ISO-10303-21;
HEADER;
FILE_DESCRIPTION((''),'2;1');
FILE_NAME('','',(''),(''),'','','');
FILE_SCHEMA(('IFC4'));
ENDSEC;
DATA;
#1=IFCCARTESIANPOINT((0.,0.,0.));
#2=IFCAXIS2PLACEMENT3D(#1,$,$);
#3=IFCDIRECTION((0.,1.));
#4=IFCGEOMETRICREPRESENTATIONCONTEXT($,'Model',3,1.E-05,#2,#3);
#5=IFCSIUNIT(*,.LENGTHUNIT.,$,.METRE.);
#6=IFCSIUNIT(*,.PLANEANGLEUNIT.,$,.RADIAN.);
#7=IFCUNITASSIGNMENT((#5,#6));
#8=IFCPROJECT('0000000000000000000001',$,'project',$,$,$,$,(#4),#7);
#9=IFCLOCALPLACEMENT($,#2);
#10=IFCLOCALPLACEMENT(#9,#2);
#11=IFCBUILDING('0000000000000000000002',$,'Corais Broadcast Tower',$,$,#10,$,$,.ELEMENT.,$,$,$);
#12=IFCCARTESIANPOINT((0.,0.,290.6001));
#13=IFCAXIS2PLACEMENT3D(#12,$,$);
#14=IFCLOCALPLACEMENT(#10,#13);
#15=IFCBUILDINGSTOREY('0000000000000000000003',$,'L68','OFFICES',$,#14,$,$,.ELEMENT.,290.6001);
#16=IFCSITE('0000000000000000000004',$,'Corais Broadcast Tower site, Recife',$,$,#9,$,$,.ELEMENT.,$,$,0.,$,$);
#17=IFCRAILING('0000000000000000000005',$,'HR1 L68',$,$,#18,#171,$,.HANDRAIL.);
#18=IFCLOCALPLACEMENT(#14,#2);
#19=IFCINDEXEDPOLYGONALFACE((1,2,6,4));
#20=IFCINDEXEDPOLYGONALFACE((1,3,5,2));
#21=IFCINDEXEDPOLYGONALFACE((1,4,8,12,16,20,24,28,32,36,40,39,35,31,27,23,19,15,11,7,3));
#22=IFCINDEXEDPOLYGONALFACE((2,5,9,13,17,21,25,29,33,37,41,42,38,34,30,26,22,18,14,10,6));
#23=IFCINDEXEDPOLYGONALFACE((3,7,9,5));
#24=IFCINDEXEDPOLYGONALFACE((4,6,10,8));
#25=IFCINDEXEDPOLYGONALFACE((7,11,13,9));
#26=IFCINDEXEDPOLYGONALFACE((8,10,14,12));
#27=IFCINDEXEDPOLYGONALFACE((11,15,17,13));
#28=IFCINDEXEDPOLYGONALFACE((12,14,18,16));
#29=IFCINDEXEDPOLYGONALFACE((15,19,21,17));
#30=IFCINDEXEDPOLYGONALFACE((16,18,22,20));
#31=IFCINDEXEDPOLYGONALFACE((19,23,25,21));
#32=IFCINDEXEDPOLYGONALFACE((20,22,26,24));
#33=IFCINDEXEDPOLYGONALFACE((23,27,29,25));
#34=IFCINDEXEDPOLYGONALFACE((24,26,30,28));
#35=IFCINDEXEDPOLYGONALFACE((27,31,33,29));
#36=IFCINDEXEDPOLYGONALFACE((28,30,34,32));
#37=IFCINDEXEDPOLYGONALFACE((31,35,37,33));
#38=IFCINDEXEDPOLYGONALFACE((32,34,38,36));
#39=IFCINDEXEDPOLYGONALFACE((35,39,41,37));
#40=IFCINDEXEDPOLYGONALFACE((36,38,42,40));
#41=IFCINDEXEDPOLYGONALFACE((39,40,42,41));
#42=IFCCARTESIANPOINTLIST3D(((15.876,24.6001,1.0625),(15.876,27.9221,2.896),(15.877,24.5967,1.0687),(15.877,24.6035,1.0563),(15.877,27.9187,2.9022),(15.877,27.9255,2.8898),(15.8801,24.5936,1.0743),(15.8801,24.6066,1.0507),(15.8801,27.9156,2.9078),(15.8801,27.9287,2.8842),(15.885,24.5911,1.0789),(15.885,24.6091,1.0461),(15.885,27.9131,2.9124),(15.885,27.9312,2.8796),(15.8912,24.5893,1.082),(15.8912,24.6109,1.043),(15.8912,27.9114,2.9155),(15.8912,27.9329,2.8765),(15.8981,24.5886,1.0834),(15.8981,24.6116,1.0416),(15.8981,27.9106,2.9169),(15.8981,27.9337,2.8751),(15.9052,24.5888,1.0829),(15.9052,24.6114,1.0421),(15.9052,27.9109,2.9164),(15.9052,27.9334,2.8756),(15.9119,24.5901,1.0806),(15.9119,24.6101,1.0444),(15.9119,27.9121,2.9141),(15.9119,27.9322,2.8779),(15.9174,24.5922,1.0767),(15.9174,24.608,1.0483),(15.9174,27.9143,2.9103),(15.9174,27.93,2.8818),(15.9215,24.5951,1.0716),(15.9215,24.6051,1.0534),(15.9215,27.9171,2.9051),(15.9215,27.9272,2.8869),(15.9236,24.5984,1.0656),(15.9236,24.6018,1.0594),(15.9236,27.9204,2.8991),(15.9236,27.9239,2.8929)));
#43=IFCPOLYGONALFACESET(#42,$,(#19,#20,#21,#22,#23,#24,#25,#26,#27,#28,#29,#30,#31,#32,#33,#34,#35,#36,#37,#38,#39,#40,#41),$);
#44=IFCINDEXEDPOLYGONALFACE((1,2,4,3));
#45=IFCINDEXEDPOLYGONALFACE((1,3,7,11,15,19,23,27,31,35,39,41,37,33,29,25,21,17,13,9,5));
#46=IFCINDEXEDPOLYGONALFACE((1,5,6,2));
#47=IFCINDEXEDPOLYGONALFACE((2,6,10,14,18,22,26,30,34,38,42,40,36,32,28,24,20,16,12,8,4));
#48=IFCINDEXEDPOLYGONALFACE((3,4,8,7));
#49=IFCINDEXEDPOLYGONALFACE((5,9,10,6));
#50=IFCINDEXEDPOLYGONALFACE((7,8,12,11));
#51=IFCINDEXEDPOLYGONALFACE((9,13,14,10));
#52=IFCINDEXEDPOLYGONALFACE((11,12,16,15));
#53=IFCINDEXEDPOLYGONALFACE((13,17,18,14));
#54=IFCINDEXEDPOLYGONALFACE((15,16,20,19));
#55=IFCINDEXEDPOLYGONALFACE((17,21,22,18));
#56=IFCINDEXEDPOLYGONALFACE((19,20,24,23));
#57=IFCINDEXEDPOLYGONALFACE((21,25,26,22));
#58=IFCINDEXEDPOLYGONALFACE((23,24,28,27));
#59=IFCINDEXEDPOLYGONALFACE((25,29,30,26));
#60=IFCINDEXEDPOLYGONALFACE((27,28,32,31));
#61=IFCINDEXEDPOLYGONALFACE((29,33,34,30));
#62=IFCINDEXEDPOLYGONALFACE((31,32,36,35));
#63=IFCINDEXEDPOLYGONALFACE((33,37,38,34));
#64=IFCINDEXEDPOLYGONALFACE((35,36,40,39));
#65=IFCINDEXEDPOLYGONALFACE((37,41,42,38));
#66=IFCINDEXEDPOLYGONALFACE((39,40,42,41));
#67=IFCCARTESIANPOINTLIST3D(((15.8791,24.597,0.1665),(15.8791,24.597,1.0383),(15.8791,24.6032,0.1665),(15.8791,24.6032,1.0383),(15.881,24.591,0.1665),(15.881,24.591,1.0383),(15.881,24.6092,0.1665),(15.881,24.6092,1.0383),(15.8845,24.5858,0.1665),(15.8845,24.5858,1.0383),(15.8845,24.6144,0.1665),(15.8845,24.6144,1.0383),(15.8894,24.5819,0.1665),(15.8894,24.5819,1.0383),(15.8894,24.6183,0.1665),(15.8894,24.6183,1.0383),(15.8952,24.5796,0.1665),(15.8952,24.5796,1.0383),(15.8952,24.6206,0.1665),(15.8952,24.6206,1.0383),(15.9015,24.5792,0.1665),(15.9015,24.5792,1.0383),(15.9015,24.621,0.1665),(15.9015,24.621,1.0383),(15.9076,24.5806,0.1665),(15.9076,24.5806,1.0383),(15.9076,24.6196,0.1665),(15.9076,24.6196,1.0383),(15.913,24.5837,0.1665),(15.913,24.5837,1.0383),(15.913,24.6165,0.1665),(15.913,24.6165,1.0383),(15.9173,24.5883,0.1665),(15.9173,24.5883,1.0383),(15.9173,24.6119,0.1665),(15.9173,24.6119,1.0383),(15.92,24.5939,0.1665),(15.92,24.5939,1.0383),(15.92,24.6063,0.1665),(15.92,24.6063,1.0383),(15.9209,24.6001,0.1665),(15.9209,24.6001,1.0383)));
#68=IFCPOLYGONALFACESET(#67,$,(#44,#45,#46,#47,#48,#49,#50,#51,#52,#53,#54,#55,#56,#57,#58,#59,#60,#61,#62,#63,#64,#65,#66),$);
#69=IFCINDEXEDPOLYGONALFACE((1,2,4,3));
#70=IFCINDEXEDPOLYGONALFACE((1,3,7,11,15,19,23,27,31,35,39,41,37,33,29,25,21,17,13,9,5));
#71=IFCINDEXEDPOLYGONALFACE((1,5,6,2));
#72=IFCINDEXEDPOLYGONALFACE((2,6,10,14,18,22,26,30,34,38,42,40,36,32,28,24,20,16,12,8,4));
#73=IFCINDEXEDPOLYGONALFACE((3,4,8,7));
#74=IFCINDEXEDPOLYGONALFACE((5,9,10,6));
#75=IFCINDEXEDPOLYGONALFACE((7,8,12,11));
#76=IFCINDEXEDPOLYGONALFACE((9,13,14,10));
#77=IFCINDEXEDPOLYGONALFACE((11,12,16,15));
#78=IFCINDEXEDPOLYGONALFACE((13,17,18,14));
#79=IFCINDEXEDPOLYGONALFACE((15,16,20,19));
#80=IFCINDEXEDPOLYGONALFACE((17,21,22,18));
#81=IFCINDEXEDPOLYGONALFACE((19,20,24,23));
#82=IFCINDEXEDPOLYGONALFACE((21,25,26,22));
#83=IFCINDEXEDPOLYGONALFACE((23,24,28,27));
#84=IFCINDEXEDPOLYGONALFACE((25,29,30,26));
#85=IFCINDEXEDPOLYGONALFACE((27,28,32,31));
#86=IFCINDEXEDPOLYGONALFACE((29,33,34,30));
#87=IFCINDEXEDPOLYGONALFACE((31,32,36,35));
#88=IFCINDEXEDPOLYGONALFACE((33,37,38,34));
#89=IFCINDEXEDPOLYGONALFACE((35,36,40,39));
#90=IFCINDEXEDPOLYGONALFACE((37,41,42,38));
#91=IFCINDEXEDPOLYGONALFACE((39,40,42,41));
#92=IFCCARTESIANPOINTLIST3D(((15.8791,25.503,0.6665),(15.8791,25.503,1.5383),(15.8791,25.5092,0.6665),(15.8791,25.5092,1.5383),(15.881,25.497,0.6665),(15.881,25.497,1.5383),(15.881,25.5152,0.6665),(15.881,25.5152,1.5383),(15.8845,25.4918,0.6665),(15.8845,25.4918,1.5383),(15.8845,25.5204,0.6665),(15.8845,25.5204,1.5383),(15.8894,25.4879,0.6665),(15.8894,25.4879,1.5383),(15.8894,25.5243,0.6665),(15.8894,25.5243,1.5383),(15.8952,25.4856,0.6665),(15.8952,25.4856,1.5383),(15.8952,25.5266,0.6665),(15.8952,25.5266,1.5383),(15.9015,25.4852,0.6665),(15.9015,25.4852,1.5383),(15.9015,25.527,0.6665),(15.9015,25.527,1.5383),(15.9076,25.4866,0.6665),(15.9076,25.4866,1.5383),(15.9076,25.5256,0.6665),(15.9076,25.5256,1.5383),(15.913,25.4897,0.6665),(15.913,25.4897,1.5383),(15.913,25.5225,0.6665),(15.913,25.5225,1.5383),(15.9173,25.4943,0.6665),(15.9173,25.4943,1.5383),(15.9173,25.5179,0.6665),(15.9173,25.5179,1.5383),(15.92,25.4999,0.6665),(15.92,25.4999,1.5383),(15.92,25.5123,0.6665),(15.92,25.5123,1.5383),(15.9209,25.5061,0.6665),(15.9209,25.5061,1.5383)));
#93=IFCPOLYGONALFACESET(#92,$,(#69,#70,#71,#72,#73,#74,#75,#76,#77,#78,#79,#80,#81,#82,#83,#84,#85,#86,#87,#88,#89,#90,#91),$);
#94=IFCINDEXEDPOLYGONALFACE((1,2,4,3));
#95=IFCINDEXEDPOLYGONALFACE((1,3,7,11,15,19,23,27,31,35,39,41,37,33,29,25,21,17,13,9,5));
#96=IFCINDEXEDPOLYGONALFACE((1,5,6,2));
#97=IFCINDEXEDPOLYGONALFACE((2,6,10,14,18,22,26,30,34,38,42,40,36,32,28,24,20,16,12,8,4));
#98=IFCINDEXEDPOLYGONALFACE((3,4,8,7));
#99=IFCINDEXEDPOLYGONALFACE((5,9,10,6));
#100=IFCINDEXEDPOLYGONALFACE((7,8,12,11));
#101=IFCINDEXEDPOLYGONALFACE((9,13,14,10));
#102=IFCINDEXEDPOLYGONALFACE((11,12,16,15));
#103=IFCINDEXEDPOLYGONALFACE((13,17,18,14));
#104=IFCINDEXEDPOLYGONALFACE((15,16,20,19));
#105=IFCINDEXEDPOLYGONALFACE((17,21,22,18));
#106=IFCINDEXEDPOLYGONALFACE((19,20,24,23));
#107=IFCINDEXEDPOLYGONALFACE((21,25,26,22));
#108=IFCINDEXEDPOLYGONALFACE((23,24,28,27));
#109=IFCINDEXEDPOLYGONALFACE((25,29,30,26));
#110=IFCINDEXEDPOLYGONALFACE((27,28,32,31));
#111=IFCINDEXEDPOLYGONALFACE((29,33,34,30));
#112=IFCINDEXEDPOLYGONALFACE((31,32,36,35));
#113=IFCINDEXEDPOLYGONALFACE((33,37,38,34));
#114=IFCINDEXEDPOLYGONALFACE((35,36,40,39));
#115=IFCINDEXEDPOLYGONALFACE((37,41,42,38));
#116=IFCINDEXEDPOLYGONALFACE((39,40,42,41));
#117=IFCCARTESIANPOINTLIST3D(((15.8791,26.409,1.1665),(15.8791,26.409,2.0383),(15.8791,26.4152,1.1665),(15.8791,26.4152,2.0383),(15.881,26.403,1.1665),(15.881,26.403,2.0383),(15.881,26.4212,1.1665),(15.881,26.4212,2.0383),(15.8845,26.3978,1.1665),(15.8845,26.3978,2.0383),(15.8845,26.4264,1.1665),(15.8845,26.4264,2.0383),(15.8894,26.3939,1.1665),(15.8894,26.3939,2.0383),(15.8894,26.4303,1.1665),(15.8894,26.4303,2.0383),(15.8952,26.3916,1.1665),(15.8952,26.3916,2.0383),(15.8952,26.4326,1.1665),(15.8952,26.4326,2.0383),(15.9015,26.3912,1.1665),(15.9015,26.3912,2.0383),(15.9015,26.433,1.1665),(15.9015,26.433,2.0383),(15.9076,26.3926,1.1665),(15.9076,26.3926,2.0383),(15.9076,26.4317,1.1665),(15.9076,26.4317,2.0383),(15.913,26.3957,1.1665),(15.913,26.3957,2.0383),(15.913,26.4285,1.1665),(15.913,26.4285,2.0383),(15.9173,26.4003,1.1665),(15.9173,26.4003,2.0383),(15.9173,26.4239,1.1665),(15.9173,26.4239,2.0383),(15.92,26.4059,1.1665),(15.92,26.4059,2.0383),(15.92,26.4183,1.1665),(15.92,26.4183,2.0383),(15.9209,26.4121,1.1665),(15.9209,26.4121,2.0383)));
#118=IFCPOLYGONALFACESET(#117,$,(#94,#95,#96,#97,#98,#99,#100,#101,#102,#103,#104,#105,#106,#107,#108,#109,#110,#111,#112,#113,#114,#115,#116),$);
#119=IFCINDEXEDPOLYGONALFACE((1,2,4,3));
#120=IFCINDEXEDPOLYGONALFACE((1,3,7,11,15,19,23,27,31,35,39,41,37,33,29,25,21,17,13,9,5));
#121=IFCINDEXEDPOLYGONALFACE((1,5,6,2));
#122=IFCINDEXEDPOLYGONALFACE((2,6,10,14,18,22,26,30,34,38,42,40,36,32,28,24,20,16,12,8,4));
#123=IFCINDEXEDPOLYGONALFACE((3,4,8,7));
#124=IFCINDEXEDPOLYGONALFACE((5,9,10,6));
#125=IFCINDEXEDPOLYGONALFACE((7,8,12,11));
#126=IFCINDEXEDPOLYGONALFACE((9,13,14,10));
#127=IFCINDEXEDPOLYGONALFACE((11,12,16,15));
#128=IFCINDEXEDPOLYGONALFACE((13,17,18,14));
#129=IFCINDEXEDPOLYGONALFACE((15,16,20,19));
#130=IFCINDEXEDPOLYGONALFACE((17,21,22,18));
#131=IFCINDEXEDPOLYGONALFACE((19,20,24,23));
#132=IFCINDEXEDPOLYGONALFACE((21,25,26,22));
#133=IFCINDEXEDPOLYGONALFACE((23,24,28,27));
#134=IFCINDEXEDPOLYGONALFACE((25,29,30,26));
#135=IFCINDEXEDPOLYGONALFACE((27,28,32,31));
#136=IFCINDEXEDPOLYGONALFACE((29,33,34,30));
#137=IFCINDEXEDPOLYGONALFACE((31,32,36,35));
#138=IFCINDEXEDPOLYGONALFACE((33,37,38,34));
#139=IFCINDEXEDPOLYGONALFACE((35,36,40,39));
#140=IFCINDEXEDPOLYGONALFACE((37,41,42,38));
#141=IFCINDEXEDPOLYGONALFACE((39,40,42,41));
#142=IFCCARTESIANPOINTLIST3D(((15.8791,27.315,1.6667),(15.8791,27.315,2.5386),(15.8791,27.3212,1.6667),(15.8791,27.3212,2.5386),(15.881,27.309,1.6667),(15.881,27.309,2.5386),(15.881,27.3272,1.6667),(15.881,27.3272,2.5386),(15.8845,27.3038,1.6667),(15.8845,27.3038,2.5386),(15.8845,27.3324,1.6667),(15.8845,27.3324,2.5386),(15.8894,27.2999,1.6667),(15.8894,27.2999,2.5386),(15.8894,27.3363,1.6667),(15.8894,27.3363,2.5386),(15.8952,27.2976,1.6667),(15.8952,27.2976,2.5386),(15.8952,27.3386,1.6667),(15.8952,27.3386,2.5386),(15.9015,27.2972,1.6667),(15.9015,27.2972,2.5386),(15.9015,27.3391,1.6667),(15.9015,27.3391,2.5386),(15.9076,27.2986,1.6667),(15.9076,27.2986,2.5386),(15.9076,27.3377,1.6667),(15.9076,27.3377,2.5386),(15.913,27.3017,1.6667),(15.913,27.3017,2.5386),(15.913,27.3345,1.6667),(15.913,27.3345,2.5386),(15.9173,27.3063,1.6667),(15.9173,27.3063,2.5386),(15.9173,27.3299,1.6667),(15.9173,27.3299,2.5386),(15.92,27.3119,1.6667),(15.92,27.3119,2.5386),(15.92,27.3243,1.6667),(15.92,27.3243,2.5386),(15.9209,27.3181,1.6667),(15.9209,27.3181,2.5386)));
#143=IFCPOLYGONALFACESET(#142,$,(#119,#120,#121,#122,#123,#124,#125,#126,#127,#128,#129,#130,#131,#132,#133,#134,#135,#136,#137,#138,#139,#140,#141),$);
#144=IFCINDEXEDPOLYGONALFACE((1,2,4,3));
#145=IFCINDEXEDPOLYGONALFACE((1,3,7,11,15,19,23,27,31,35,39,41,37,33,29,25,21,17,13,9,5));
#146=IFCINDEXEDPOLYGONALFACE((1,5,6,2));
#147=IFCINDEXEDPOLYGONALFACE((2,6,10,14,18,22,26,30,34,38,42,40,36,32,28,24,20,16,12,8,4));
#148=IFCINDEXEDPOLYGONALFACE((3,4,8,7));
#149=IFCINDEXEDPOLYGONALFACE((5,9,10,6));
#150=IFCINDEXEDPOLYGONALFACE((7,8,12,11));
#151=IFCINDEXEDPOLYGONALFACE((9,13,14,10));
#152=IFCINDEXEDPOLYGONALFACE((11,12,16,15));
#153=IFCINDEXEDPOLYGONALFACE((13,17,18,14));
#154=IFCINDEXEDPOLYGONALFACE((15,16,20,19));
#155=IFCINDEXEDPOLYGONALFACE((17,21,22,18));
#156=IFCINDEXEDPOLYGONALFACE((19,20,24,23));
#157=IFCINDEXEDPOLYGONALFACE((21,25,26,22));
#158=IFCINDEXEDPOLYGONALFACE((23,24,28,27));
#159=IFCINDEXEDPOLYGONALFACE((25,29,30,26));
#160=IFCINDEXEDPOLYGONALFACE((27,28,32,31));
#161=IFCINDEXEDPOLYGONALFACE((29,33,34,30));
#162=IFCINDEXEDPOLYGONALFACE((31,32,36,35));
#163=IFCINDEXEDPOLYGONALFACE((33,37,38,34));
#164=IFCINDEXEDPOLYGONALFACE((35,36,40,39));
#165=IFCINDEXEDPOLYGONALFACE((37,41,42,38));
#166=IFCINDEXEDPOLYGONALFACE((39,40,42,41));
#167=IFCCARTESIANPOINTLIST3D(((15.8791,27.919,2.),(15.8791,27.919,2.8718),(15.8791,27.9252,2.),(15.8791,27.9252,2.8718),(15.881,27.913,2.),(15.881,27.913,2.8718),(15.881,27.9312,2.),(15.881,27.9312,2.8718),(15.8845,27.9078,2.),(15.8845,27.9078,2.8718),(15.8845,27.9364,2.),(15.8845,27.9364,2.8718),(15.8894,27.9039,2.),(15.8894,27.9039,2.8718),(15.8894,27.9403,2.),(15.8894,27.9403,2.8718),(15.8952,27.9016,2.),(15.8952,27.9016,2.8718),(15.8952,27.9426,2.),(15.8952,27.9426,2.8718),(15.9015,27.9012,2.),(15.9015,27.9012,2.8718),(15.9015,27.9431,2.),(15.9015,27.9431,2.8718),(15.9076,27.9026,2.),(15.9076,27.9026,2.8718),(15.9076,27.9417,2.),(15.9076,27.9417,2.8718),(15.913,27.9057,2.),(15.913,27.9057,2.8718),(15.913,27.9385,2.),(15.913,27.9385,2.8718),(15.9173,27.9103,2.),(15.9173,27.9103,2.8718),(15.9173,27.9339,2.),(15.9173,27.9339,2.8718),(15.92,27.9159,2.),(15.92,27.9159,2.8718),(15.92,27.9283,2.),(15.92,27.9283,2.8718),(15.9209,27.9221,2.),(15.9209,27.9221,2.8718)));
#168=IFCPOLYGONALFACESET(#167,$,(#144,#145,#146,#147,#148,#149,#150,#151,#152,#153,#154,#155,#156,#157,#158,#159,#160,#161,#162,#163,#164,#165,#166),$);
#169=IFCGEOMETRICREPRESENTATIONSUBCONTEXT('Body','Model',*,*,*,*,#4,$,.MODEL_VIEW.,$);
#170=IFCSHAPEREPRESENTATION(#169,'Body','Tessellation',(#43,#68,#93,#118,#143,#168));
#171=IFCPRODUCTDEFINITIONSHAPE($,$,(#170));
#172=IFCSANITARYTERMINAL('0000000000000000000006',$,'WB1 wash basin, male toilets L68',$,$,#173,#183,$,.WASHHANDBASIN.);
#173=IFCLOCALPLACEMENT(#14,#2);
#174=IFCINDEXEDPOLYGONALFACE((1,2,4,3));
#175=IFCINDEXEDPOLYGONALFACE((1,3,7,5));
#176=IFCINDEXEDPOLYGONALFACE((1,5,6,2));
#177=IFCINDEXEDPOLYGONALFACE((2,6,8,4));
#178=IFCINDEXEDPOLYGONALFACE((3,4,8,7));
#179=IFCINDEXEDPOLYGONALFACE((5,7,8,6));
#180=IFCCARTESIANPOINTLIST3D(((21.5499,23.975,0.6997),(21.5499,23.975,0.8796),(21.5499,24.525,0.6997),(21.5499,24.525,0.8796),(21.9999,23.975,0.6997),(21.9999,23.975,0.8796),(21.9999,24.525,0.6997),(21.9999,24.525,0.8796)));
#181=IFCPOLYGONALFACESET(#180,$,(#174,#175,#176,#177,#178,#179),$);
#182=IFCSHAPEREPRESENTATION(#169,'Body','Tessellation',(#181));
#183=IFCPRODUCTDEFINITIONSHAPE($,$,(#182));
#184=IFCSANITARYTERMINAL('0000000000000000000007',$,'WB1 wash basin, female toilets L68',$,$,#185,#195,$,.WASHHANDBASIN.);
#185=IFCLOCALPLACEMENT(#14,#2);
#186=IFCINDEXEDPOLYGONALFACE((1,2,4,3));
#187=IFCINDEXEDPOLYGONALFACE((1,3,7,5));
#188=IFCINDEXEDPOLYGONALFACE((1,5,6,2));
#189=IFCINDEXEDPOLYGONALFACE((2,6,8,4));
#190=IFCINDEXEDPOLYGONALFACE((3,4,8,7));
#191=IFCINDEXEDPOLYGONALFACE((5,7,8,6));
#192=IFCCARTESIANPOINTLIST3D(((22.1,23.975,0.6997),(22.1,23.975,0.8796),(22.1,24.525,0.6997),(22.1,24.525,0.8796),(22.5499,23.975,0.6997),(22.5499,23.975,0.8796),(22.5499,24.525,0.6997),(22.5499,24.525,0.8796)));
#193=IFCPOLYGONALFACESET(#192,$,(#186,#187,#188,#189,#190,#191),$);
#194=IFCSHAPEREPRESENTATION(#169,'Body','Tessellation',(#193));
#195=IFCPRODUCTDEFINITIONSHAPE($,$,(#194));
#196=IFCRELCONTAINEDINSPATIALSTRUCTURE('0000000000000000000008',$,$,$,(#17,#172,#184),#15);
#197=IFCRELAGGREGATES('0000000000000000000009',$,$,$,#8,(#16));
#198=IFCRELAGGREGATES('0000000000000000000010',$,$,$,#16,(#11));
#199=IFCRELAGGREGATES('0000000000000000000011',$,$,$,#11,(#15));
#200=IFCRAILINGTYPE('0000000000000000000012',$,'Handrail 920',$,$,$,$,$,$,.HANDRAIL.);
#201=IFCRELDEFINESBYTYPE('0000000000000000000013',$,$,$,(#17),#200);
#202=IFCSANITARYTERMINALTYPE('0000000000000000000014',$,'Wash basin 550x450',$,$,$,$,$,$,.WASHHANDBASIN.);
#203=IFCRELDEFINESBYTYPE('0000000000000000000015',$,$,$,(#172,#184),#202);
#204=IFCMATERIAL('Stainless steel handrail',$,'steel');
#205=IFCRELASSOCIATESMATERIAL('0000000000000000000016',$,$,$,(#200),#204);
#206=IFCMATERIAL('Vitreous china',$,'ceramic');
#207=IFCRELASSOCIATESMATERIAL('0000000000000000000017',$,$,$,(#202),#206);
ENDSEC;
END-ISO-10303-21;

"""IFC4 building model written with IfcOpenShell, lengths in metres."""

from ifc_helpers import new_model, si_unit, direction, frame, origin, origin_2d, place, context, subcontext, project, spatial, rectangle, circle, extrude, material, type_object, element, save


model = new_model("IFC4")

# Units and contexts
model_context = context("Model", 3, precision=1e-05, world=origin(), true_north=direction((0.0, 1.0)))
body_context = subcontext(model_context, "Body", "Model", "MODEL_VIEW")
ifc_project = project(units=[si_unit("LENGTHUNIT", "METRE"), si_unit("PLANEANGLEUNIT", "RADIAN")], contexts=[model_context])

# Site, building, storey
site_placement = place(None, origin())
site = spatial("IfcSite", under=ifc_project, at=site_placement, Name="Corais Broadcast Tower site, Recife", CompositionType="ELEMENT", RefElevation=0.0)
building_placement = place(site_placement, origin())
building = spatial("IfcBuilding", under=site, at=building_placement, Name="Corais Broadcast Tower", CompositionType="ELEMENT")
storey_placement = place(building_placement, frame((0.0, 0.0, 290.6001)))
storey = spatial("IfcBuildingStorey", under=building, at=storey_placement, Name="L68", Description="OFFICES", CompositionType="ELEMENT", Elevation=290.6001)

# Railing
ifc_material_1 = material(Name="Stainless steel handrail", Category="steel")
railing_type = type_object("IfcRailingType", Name="Handrail 920", PredefinedType="HANDRAIL", material=ifc_material_1)
railing_placement = place(storey_placement, frame((15.8999, 24.6001, 0.1665)))
element("IfcRailing", 1, at=railing_placement, inside=storey, type_object=railing_type, Name="HR1 L68", PredefinedType="HANDRAIL", context=body_context, shape_type="SweptSolid", body=[
    extrude(circle(Radius=0.0239, at=origin_2d()), frame((0.0, 0.0, 0.896), z_axis=(0.0, 0.875504, 0.48321), x_axis=(-1.0, 0.0, 0.0)), (0.0, 0.0, 1.0), 3.7944),
    extrude(circle(Radius=0.021, at=origin_2d()), origin(), (0.0, 0.0, 1.0), 0.8718),
    extrude(circle(Radius=0.021, at=origin_2d()), frame((0.0, 0.906, 0.5)), (0.0, 0.0, 1.0), 0.8718),
    extrude(circle(Radius=0.021, at=origin_2d()), frame((0.0, 1.812, 1.0)), (0.0, 0.0, 1.0), 0.8718),
    extrude(circle(Radius=0.021, at=origin_2d()), frame((0.0, 2.718, 1.5002)), (0.0, 0.0, 1.0), 0.8718),
    extrude(circle(Radius=0.021, at=origin_2d()), frame((0.0, 3.322, 1.8335)), (0.0, 0.0, 1.0), 0.8718),
])

# Sanitary terminals
ifc_material_2 = material(Name="Vitreous china", Category="ceramic")
sanitary_terminal_type = type_object("IfcSanitaryTerminalType", Name="Wash basin 550x450", PredefinedType="WASHHANDBASIN", material=ifc_material_2)
for number, where, z_axis, x_axis, name in (
    (2, (21.7749, 24.25, 0.6997), (0.0, 0.0, 1.0), (1.0, 0.0, 0.0), "WB1 wash basin, male toilets L68"),
    (3, (22.325, 24.25, 0.6997), (0.0, 0.0, 1.0), (1.0, 0.0, 0.0), "WB1 wash basin, female toilets L68"),
):
    element("IfcSanitaryTerminal", number, at=place(storey_placement, frame(where, z_axis=z_axis, x_axis=x_axis)), inside=storey, type_object=sanitary_terminal_type, Name=name, PredefinedType="WASHHANDBASIN", context=body_context, shape_type="SweptSolid", body=[
        extrude(rectangle(XDim=0.45, YDim=0.55, at=origin_2d()), origin(), (0.0, 0.0, 1.0), 0.1799),
    ])

save(model, "model.ifc")
